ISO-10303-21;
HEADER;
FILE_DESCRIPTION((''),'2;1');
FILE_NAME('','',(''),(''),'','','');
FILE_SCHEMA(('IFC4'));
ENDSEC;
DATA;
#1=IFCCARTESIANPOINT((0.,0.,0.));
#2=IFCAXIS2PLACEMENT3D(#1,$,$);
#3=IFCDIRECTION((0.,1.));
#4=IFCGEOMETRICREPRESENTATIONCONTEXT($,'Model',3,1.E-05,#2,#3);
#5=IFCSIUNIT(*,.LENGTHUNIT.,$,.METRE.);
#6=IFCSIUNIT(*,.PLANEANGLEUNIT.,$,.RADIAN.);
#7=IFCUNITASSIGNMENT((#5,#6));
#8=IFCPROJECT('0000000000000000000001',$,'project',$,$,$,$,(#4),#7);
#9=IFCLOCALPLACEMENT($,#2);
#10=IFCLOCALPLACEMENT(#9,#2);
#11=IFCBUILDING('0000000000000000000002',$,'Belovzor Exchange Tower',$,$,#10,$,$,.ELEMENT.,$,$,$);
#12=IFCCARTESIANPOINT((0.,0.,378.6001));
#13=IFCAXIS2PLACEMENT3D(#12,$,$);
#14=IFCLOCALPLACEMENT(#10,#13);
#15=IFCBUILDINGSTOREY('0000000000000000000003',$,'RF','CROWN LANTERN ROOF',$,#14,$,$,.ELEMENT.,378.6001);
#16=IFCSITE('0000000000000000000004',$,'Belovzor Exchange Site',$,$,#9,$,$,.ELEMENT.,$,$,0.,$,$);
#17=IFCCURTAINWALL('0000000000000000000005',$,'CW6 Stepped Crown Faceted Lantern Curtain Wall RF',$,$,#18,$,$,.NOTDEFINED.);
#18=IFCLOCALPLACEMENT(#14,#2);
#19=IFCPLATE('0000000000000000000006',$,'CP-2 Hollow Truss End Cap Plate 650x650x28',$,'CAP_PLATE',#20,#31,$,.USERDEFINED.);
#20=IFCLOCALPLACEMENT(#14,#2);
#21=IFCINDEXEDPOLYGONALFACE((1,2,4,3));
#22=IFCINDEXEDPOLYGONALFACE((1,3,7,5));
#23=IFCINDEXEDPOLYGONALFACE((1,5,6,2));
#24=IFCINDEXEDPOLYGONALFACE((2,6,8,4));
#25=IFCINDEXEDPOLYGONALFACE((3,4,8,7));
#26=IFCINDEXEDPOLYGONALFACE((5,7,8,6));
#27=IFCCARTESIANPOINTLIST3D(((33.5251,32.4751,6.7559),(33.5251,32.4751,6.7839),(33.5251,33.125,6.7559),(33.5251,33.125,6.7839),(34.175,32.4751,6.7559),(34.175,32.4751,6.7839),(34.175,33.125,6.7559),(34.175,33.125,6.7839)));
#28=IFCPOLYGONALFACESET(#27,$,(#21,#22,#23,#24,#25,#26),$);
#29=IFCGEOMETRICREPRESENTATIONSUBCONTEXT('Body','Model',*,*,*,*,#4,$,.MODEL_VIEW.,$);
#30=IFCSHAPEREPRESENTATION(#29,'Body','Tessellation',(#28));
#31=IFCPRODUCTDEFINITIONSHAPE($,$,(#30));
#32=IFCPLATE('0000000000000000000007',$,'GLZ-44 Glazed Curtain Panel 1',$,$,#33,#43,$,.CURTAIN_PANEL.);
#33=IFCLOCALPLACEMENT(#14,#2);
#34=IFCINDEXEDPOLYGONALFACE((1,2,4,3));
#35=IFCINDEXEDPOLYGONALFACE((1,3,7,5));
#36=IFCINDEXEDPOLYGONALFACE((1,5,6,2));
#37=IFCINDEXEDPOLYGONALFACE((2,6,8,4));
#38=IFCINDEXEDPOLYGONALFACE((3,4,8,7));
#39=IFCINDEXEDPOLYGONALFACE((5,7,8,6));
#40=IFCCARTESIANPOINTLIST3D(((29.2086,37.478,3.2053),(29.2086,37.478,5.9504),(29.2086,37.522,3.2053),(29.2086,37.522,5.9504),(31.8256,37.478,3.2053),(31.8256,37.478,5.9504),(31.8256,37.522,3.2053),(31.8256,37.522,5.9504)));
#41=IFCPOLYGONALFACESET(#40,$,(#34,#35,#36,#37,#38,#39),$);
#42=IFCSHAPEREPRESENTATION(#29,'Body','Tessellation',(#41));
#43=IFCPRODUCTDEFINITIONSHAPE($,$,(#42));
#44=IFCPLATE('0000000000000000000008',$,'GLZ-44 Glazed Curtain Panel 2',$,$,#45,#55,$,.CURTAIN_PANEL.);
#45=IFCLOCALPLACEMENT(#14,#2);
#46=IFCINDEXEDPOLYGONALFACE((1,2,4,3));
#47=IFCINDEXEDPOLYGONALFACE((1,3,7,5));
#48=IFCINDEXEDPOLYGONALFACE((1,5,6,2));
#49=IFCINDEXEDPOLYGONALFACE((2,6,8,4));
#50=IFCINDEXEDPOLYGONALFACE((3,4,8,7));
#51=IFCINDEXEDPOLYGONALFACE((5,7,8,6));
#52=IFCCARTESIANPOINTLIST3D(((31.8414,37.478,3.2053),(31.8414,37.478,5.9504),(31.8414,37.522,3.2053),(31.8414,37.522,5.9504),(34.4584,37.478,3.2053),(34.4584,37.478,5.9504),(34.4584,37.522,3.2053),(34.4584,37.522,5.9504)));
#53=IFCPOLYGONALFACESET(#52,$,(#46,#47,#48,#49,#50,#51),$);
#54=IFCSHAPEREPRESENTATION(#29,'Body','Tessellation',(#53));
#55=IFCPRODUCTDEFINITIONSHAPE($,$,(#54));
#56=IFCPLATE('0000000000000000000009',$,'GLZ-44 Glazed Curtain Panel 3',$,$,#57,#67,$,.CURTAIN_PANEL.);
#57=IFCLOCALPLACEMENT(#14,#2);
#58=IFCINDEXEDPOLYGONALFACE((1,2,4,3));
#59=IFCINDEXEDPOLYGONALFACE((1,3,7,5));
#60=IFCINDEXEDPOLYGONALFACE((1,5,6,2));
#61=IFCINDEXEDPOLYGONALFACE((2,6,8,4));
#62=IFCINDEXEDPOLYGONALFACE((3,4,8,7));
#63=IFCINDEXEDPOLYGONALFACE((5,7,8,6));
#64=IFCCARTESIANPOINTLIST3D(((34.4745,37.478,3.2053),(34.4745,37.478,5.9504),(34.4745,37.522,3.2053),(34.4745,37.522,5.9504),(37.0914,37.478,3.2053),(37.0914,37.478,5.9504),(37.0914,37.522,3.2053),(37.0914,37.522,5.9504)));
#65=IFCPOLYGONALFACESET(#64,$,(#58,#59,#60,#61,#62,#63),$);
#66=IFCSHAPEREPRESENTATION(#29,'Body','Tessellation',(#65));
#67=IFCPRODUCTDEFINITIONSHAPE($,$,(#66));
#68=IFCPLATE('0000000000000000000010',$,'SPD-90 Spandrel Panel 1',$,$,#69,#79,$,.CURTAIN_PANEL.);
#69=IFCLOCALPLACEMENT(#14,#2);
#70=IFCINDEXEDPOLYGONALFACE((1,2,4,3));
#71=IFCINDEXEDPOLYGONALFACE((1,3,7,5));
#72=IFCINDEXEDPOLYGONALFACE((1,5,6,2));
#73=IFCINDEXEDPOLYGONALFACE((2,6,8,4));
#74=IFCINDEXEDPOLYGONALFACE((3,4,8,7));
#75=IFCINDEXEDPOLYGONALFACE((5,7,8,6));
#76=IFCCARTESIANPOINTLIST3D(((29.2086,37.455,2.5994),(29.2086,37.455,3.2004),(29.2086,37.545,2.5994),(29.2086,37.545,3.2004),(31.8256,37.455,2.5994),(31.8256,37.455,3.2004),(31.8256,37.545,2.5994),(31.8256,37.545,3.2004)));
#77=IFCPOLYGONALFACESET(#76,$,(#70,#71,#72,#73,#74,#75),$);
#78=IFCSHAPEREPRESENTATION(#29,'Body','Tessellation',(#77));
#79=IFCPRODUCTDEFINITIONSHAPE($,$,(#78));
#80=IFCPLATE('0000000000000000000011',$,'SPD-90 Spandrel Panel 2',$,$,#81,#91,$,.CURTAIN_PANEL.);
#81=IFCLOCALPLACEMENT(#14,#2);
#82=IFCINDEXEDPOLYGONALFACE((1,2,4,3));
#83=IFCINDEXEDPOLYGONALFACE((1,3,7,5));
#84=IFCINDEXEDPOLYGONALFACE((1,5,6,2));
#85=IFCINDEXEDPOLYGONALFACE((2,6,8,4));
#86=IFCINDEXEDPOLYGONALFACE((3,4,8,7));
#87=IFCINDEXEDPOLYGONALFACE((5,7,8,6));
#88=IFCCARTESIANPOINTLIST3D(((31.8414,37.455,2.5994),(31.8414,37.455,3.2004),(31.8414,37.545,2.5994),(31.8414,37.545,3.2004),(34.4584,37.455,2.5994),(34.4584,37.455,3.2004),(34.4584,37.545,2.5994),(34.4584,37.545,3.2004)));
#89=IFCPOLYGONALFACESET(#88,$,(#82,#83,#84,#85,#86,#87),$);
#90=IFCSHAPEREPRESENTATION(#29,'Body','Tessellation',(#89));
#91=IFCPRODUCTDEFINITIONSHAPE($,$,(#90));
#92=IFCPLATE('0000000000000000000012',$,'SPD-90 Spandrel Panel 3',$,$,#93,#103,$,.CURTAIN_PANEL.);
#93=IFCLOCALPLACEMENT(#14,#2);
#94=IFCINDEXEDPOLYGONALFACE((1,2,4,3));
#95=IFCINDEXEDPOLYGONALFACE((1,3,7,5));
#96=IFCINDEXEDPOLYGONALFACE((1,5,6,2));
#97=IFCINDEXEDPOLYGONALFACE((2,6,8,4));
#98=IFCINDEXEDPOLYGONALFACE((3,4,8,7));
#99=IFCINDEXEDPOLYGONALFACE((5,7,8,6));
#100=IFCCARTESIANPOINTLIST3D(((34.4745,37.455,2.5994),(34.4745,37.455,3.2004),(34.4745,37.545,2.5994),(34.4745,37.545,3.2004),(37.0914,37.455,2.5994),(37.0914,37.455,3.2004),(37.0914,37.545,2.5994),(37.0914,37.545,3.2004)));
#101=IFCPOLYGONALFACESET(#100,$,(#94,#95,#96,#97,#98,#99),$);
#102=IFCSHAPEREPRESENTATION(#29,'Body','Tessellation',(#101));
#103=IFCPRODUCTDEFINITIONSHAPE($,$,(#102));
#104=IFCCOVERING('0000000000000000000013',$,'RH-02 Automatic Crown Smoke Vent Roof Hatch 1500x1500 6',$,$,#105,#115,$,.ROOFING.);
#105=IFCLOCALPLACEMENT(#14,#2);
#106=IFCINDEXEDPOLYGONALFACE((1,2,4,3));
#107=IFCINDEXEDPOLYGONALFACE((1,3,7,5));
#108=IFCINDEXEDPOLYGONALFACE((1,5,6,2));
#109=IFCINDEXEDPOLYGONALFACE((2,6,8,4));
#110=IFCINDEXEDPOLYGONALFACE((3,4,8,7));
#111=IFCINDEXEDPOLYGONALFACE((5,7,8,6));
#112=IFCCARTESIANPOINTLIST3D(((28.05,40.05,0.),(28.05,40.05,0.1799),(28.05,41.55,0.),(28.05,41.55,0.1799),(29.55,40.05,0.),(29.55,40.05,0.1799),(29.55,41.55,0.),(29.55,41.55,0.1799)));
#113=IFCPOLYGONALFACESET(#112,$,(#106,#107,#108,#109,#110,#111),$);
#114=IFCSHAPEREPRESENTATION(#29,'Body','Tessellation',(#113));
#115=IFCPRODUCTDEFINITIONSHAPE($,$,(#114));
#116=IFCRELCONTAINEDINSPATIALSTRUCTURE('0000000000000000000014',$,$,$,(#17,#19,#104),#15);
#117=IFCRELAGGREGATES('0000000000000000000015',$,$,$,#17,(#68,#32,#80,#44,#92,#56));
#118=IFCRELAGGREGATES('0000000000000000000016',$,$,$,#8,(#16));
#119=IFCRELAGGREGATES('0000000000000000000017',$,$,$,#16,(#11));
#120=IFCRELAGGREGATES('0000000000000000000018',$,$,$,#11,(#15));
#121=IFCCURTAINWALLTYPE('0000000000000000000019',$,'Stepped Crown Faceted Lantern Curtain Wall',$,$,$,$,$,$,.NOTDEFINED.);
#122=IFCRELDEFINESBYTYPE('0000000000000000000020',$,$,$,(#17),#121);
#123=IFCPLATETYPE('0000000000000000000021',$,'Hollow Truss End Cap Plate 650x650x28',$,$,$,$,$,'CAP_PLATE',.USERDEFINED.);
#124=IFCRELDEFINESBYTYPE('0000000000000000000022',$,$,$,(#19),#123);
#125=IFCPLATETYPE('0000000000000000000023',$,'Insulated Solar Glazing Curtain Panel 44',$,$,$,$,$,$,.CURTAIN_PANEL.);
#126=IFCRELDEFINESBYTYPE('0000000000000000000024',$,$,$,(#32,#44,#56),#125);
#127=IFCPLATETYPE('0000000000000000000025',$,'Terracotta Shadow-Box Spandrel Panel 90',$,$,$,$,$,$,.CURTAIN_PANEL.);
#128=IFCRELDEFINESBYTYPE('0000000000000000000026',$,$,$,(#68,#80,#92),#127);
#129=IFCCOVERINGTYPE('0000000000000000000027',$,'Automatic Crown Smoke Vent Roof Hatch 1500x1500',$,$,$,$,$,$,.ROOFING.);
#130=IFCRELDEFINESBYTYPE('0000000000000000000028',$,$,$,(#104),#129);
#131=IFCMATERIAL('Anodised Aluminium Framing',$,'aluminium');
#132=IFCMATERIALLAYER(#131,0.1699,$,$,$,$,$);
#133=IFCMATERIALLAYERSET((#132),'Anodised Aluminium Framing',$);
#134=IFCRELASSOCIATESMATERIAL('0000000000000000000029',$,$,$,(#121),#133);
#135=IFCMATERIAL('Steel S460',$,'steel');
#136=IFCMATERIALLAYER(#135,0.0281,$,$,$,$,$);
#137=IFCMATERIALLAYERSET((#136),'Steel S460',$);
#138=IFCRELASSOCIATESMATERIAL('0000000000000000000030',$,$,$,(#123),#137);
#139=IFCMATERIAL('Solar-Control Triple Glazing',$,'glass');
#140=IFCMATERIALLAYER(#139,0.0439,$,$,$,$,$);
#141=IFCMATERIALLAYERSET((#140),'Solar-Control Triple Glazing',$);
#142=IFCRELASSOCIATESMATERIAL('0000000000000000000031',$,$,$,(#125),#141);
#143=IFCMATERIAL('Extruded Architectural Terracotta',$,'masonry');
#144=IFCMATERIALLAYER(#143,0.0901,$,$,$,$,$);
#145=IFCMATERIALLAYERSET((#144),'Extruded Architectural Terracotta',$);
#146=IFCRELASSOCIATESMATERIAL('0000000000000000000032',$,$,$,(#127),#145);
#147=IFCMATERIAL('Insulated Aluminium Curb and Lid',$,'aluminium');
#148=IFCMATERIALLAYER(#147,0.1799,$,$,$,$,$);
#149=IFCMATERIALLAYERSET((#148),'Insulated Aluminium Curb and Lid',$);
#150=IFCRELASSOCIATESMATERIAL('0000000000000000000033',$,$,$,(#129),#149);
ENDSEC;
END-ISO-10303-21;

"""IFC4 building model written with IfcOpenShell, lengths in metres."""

from ifc_helpers import new_model, si_unit, direction, frame, origin, origin_2d, place, context, subcontext, project, spatial, rectangle, extrude, material, layer, layer_set, type_object, element, aggregate, save


model = new_model("IFC4")

# Units and contexts
model_context = context("Model", 3, precision=1e-05, world=origin(), true_north=direction((0.0, 1.0)))
body_context = subcontext(model_context, "Body", "Model", "MODEL_VIEW")
ifc_project = project(units=[si_unit("LENGTHUNIT", "METRE"), si_unit("PLANEANGLEUNIT", "RADIAN")], contexts=[model_context])

# Site, building, storey
site_placement = place(None, origin())
site = spatial("IfcSite", under=ifc_project, at=site_placement, Name="Belovzor Exchange Site", CompositionType="ELEMENT", RefElevation=0.0)
building_placement = place(site_placement, origin())
building = spatial("IfcBuilding", under=site, at=building_placement, Name="Belovzor Exchange Tower", CompositionType="ELEMENT")
storey_placement = place(building_placement, frame((0.0, 0.0, 378.6001)))
storey = spatial("IfcBuildingStorey", under=building, at=storey_placement, Name="RF", Description="CROWN LANTERN ROOF", CompositionType="ELEMENT", Elevation=378.6001)

# Curtain wall
ifc_material_1 = material(Name="Anodised Aluminium Framing", Category="aluminium")
ifc_layer_1 = layer(ifc_material_1, 0.1699)
ifc_layer_set_1 = layer_set([ifc_layer_1], Name="Anodised Aluminium Framing")
curtain_wall_type = type_object("IfcCurtainWallType", Name="Stepped Crown Faceted Lantern Curtain Wall", PredefinedType="NOTDEFINED", material=ifc_layer_set_1)
curtain_wall_placement = place(storey_placement, origin())
curtain_wall = element("IfcCurtainWall", 1, at=curtain_wall_placement, inside=storey, type_object=curtain_wall_type, Name="CW6 Stepped Crown Faceted Lantern Curtain Wall RF", PredefinedType="NOTDEFINED")

# Plate
ifc_material_2 = material(Name="Steel S460", Category="steel")
ifc_layer_2 = layer(ifc_material_2, 0.0281)
ifc_layer_set_2 = layer_set([ifc_layer_2], Name="Steel S460")
plate_type_1 = type_object("IfcPlateType", Name="Hollow Truss End Cap Plate 650x650x28", ElementType="CAP_PLATE", PredefinedType="USERDEFINED", material=ifc_layer_set_2)
plate_1_placement = place(storey_placement, frame((33.8501, 32.8, 6.7559), z_axis=(0.0, 0.0, 1.0), x_axis=(1.0, 0.0, 0.0)))
element("IfcPlate", 2, at=plate_1_placement, inside=storey, type_object=plate_type_1, Name="CP-2 Hollow Truss End Cap Plate 650x650x28", ObjectType="CAP_PLATE", PredefinedType="USERDEFINED", context=body_context, shape_type="SweptSolid", body=[
    extrude(rectangle(XDim=0.6499, YDim=0.6499, at=origin_2d()), origin(), (0.0, 0.0, 1.0), 0.0281),
])

# Plates
ifc_material_3 = material(Name="Solar-Control Triple Glazing", Category="glass")
ifc_layer_3 = layer(ifc_material_3, 0.0439)
ifc_layer_set_3 = layer_set([ifc_layer_3], Name="Solar-Control Triple Glazing")
plate_type_2 = type_object("IfcPlateType", Name="Insulated Solar Glazing Curtain Panel 44", PredefinedType="CURTAIN_PANEL", material=ifc_layer_set_3)
plate_2_placement = place(storey_placement, frame((30.5171, 37.5, 3.2053), z_axis=(0.0, 0.0, 1.0), x_axis=(1.0, 0.0, 0.0)))
plate_2 = element("IfcPlate", 3, at=plate_2_placement, type_object=plate_type_2, Name="GLZ-44 Glazed Curtain Panel 1", PredefinedType="CURTAIN_PANEL", context=body_context, shape_type="SweptSolid", body=[
    extrude(rectangle(XDim=2.6169, YDim=0.0439, at=origin_2d()), origin(), (0.0, 0.0, 1.0), 2.7451),
])
plate_3_placement = place(storey_placement, frame((33.1499, 37.5, 3.2053), z_axis=(0.0, 0.0, 1.0), x_axis=(1.0, 0.0, 0.0)))
plate_3 = element("IfcPlate", 4, at=plate_3_placement, type_object=plate_type_2, Name="GLZ-44 Glazed Curtain Panel 2", PredefinedType="CURTAIN_PANEL", context=body_context, shape_type="SweptSolid", body=[
    extrude(rectangle(XDim=2.6169, YDim=0.0439, at=origin_2d()), origin(), (0.0, 0.0, 1.0), 2.7451),
])
plate_4_placement = place(storey_placement, frame((35.783, 37.5, 3.2053), z_axis=(0.0, 0.0, 1.0), x_axis=(1.0, 0.0, 0.0)))
plate_4 = element("IfcPlate", 5, at=plate_4_placement, type_object=plate_type_2, Name="GLZ-44 Glazed Curtain Panel 3", PredefinedType="CURTAIN_PANEL", context=body_context, shape_type="SweptSolid", body=[
    extrude(rectangle(XDim=2.6169, YDim=0.0439, at=origin_2d()), origin(), (0.0, 0.0, 1.0), 2.7451),
])
ifc_material_4 = material(Name="Extruded Architectural Terracotta", Category="masonry")
ifc_layer_4 = layer(ifc_material_4, 0.0901)
ifc_layer_set_4 = layer_set([ifc_layer_4], Name="Extruded Architectural Terracotta")
plate_type_3 = type_object("IfcPlateType", Name="Terracotta Shadow-Box Spandrel Panel 90", PredefinedType="CURTAIN_PANEL", material=ifc_layer_set_4)
plate_5_placement = place(storey_placement, frame((30.5171, 37.5, 2.5994), z_axis=(0.0, 0.0, 1.0), x_axis=(1.0, 0.0, 0.0)))
plate_5 = element("IfcPlate", 6, at=plate_5_placement, type_object=plate_type_3, Name="SPD-90 Spandrel Panel 1", PredefinedType="CURTAIN_PANEL", context=body_context, shape_type="SweptSolid", body=[
    extrude(rectangle(XDim=2.6169, YDim=0.0901, at=origin_2d()), origin(), (0.0, 0.0, 1.0), 0.6011),
])
plate_6_placement = place(storey_placement, frame((33.1499, 37.5, 2.5994), z_axis=(0.0, 0.0, 1.0), x_axis=(1.0, 0.0, 0.0)))
plate_6 = element("IfcPlate", 7, at=plate_6_placement, type_object=plate_type_3, Name="SPD-90 Spandrel Panel 2", PredefinedType="CURTAIN_PANEL", context=body_context, shape_type="SweptSolid", body=[
    extrude(rectangle(XDim=2.6169, YDim=0.0901, at=origin_2d()), origin(), (0.0, 0.0, 1.0), 0.6011),
])
plate_7_placement = place(storey_placement, frame((35.783, 37.5, 2.5994), z_axis=(0.0, 0.0, 1.0), x_axis=(1.0, 0.0, 0.0)))
plate_7 = element("IfcPlate", 8, at=plate_7_placement, type_object=plate_type_3, Name="SPD-90 Spandrel Panel 3", PredefinedType="CURTAIN_PANEL", context=body_context, shape_type="SweptSolid", body=[
    extrude(rectangle(XDim=2.6169, YDim=0.0901, at=origin_2d()), origin(), (0.0, 0.0, 1.0), 0.6011),
])
aggregate(curtain_wall, [plate_5, plate_2, plate_6, plate_3, plate_7, plate_4])

# Covering
ifc_material_5 = material(Name="Insulated Aluminium Curb and Lid", Category="aluminium")
ifc_layer_5 = layer(ifc_material_5, 0.1799)
ifc_layer_set_5 = layer_set([ifc_layer_5], Name="Insulated Aluminium Curb and Lid")
covering_type = type_object("IfcCoveringType", Name="Automatic Crown Smoke Vent Roof Hatch 1500x1500", PredefinedType="ROOFING", material=ifc_layer_set_5)
covering_placement = place(storey_placement, frame((28.8, 40.8, 0.0), z_axis=(0.0, 0.0, 1.0), x_axis=(1.0, 0.0, 0.0)))
element("IfcCovering", 9, at=covering_placement, inside=storey, type_object=covering_type, Name="RH-02 Automatic Crown Smoke Vent Roof Hatch 1500x1500 6", PredefinedType="ROOFING", context=body_context, shape_type="SweptSolid", body=[
    extrude(rectangle(XDim=1.5, YDim=1.5, at=origin_2d()), origin(), (0.0, 0.0, 1.0), 0.1799),
])

save(model, "model.ifc")
